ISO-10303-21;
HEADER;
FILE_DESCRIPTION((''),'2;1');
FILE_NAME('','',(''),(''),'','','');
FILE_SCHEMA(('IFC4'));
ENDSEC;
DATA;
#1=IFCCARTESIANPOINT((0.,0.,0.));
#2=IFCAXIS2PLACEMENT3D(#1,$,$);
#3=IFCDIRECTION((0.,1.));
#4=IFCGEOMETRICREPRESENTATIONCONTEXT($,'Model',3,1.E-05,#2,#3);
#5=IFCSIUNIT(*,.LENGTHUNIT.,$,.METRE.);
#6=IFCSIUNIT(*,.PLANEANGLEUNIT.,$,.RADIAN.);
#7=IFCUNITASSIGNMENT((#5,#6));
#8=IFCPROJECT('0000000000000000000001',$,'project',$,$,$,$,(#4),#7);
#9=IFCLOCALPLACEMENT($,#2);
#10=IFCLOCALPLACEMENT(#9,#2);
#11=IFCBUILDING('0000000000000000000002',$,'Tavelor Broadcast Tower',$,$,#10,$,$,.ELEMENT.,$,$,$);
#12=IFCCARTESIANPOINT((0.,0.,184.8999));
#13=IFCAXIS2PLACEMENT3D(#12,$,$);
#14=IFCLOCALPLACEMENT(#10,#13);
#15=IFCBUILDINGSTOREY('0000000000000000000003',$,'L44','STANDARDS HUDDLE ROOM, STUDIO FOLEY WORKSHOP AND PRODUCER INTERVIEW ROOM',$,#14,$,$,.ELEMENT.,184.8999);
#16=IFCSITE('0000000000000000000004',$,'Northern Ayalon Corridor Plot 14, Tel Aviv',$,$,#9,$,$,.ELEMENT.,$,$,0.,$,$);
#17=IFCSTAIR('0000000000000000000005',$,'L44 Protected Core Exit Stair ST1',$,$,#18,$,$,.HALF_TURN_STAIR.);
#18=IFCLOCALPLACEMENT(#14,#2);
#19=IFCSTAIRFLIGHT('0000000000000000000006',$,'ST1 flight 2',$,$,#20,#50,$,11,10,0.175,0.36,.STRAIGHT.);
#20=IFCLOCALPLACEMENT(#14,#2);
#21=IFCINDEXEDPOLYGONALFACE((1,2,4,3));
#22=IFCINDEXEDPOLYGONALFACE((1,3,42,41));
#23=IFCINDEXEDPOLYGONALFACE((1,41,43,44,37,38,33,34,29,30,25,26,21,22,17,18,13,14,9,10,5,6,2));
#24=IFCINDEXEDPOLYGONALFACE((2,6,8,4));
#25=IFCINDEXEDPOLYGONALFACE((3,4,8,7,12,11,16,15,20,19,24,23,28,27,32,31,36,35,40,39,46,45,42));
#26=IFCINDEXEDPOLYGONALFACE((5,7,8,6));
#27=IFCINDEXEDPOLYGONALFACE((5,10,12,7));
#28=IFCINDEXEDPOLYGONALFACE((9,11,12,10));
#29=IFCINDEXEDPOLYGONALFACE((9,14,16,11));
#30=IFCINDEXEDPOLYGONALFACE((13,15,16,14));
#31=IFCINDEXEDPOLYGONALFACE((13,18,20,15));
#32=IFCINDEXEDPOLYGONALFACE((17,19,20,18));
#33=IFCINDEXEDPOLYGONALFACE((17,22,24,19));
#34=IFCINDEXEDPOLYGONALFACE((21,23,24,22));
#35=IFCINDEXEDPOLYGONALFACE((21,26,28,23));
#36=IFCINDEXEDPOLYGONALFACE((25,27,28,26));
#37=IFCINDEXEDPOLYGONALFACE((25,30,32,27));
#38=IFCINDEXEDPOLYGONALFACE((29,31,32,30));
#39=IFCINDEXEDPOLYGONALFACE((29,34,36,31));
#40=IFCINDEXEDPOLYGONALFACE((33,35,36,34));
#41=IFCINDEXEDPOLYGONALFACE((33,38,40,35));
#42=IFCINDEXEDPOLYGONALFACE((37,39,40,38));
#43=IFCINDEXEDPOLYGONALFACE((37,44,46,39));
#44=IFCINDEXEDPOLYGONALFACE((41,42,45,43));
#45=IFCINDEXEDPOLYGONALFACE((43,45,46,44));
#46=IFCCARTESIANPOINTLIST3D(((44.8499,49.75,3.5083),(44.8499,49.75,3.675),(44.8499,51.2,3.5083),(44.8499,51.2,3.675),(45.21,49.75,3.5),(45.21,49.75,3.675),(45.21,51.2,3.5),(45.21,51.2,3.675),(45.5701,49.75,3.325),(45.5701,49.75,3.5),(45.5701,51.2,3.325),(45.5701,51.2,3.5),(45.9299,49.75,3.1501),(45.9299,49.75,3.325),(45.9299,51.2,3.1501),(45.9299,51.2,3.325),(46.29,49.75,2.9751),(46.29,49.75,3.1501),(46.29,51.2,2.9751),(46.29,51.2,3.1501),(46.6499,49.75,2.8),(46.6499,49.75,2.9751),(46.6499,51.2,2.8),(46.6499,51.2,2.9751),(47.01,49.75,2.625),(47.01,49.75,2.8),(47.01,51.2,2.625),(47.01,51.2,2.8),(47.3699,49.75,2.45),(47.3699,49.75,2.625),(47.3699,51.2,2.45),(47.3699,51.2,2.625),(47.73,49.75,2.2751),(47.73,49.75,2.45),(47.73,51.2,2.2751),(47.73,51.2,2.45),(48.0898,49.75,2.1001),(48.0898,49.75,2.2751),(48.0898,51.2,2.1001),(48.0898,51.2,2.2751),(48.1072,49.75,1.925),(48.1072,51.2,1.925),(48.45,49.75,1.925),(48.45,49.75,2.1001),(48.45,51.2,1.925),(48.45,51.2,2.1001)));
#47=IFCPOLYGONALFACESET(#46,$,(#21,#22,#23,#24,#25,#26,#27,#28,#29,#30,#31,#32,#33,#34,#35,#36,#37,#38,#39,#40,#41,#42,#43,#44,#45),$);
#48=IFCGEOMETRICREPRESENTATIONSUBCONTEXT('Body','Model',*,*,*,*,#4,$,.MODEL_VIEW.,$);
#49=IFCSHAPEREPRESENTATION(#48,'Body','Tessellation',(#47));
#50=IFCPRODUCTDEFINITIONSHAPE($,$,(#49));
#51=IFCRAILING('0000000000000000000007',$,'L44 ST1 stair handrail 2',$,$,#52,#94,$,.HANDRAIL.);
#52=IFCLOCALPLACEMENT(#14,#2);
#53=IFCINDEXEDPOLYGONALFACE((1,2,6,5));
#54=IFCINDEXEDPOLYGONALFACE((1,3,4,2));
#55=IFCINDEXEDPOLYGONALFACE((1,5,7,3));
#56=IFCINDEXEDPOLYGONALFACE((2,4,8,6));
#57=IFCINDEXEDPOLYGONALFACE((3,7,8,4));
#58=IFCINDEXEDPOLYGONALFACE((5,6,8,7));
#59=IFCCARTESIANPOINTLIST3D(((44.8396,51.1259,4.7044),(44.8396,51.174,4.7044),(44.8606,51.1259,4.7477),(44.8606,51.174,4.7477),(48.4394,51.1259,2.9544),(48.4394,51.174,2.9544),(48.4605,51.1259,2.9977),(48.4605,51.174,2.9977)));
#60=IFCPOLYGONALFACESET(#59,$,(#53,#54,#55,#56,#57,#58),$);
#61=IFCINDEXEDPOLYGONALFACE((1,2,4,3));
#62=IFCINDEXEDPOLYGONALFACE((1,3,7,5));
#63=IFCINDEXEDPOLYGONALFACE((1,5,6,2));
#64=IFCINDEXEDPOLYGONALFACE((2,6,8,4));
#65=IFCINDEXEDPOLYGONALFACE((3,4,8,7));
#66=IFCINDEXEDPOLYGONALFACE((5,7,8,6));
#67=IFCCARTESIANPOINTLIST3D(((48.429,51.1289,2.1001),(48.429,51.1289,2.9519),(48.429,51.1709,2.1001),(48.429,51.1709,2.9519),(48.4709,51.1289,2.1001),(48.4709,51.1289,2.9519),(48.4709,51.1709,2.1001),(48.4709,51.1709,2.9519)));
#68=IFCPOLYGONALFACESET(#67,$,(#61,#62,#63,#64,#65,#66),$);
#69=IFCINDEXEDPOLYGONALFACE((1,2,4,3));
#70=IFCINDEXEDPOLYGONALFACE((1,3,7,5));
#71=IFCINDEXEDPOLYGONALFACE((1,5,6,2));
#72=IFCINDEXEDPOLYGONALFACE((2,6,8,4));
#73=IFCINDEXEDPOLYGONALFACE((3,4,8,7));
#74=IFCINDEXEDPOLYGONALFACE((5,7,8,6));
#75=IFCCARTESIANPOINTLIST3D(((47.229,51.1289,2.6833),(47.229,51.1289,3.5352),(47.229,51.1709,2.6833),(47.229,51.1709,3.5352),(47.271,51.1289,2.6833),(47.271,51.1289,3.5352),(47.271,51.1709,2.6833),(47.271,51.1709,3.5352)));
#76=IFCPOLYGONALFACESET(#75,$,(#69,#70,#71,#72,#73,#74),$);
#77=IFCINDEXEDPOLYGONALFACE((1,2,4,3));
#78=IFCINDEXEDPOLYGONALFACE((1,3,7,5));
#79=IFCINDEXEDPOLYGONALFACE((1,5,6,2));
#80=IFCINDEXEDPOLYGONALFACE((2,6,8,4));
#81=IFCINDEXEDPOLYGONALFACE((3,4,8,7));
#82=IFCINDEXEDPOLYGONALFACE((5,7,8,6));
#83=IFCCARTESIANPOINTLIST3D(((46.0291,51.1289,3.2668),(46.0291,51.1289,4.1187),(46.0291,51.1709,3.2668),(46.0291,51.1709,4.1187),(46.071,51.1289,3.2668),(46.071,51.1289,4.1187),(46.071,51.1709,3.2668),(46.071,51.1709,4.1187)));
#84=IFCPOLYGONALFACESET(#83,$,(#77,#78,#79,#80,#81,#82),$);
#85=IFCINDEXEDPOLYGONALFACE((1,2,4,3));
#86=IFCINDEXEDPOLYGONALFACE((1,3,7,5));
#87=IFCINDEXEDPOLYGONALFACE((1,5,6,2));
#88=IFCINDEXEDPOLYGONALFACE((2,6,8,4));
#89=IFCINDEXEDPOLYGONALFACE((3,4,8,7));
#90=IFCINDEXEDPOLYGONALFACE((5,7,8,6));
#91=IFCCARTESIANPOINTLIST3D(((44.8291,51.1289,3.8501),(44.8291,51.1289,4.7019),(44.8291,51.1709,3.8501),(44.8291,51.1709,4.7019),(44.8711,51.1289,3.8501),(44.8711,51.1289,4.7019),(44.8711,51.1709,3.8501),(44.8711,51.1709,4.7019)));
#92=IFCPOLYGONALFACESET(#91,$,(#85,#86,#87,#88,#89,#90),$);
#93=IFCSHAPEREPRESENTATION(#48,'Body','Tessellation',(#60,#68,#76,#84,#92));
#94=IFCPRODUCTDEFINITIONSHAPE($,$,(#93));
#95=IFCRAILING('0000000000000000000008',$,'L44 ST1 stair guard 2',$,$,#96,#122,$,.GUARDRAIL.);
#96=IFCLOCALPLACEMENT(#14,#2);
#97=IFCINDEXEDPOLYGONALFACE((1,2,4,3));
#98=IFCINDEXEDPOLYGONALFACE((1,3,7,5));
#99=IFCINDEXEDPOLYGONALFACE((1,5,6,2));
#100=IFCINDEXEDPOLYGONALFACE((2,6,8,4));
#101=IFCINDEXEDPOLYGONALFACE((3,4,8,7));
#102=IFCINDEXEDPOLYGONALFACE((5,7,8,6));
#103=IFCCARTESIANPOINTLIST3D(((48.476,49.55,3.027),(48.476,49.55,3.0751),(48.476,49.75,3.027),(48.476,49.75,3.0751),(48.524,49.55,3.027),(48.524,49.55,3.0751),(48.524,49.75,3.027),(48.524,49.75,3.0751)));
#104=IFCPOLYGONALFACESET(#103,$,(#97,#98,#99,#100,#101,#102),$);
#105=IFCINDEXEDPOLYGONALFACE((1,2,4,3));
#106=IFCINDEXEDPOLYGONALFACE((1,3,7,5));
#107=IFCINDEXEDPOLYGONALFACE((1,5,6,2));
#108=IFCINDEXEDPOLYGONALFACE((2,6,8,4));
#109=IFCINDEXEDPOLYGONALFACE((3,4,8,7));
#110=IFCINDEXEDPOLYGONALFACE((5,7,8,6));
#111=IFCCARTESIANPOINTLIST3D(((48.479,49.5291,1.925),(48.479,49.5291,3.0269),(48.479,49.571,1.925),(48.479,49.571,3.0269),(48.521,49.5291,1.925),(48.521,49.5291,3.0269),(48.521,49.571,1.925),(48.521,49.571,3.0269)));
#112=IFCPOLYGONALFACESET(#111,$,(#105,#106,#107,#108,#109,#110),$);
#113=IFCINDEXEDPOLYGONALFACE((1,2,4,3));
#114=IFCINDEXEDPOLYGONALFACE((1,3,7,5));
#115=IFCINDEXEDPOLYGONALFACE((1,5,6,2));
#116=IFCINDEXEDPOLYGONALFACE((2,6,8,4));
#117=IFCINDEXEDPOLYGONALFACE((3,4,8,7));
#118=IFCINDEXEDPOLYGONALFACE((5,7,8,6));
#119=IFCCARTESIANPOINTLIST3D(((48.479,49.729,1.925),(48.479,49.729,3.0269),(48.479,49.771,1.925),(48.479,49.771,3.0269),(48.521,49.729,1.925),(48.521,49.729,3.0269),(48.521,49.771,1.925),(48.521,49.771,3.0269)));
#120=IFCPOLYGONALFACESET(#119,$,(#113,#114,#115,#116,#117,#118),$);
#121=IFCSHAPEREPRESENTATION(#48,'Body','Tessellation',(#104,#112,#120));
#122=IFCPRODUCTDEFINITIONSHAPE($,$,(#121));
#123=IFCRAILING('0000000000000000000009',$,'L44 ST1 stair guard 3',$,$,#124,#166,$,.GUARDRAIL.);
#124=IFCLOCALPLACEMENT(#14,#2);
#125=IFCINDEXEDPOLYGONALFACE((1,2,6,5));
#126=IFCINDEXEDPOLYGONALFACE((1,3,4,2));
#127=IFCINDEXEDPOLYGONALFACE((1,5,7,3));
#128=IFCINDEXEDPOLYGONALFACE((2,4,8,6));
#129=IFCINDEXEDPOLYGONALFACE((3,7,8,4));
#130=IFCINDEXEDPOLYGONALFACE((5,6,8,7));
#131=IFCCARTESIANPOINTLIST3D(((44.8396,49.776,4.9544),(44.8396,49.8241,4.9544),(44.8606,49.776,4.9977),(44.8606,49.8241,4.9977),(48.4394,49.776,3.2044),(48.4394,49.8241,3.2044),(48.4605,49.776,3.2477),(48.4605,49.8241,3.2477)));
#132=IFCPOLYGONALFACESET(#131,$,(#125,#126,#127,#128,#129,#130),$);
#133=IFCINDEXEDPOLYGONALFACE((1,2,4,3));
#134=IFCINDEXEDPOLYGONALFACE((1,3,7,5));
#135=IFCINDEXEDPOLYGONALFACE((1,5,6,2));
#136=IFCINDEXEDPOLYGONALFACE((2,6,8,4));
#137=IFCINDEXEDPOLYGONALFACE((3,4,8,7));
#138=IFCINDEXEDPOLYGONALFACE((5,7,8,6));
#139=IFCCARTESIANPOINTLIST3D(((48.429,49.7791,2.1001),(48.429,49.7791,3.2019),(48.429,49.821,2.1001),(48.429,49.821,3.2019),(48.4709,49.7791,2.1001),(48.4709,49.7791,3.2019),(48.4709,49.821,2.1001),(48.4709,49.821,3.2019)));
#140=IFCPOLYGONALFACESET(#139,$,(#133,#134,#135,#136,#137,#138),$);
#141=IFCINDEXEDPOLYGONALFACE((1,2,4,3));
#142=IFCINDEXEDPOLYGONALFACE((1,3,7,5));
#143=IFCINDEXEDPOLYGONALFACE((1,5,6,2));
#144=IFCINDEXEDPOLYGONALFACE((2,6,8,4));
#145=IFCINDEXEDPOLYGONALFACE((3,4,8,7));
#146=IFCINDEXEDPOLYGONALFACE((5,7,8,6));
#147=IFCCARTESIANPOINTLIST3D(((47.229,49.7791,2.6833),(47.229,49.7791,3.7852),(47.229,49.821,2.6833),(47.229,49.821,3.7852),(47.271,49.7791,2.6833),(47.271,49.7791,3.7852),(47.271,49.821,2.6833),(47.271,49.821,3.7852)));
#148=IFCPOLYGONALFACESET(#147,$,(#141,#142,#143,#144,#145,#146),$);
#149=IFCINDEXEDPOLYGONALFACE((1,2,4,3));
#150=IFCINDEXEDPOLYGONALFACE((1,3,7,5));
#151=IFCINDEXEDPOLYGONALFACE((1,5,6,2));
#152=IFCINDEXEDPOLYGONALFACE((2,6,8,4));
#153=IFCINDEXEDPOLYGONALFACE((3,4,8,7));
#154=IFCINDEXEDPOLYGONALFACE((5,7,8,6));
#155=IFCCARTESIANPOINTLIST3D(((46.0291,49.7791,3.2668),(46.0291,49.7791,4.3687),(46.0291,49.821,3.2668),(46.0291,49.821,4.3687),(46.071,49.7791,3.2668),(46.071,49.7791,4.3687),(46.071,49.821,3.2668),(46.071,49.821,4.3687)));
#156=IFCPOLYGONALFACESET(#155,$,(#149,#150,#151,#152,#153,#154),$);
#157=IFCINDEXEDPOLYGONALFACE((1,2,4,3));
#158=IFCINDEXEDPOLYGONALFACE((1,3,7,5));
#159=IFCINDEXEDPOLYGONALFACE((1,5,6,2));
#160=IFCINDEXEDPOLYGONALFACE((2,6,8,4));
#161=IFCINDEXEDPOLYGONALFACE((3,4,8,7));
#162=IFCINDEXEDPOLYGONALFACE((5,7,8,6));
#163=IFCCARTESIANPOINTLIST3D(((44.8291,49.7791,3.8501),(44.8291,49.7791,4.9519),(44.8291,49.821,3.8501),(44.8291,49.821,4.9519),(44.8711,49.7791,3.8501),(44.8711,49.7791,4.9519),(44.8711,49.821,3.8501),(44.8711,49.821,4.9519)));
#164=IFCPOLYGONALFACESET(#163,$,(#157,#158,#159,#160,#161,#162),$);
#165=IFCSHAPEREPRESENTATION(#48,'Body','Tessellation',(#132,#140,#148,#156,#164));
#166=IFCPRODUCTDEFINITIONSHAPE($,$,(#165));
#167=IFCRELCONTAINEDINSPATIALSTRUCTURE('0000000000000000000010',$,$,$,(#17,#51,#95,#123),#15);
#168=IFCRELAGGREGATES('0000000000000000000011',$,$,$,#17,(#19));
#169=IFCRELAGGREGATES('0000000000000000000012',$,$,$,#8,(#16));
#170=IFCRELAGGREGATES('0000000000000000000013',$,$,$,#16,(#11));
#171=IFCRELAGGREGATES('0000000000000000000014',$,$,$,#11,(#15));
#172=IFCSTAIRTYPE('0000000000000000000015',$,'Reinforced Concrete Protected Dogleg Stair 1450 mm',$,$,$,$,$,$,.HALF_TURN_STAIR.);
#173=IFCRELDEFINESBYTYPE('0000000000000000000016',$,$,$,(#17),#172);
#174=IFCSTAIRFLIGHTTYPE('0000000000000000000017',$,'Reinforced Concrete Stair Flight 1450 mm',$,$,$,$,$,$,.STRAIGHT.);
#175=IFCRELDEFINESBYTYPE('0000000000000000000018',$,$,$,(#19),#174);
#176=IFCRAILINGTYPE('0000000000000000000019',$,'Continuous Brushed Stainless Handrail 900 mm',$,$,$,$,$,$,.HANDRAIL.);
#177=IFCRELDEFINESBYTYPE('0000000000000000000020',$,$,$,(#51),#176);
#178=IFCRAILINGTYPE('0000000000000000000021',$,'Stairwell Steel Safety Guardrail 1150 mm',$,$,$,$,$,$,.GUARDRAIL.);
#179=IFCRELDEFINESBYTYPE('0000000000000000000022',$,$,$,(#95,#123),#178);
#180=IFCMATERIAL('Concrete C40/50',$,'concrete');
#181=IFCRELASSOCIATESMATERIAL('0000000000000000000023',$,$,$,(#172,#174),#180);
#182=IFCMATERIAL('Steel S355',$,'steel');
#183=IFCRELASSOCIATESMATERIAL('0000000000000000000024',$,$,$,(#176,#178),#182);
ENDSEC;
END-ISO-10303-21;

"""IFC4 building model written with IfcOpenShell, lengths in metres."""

from ifc_helpers import new_model, si_unit, direction, frame, origin, origin_2d, place, context, subcontext, project, spatial, polyline, rectangle, outline, extrude, material, type_object, element, aggregate, save


model = new_model("IFC4")

# Units and contexts
model_context = context("Model", 3, precision=1e-05, world=origin(), true_north=direction((0.0, 1.0)))
body_context = subcontext(model_context, "Body", "Model", "MODEL_VIEW")
ifc_project = project(units=[si_unit("LENGTHUNIT", "METRE"), si_unit("PLANEANGLEUNIT", "RADIAN")], contexts=[model_context])

# Site, building, storey
site_placement = place(None, origin())
site = spatial("IfcSite", under=ifc_project, at=site_placement, Name="Northern Ayalon Corridor Plot 14, Tel Aviv", CompositionType="ELEMENT", RefElevation=0.0)
building_placement = place(site_placement, origin())
building = spatial("IfcBuilding", under=site, at=building_placement, Name="Tavelor Broadcast Tower", CompositionType="ELEMENT")
storey_placement = place(building_placement, frame((0.0, 0.0, 184.8999)))
storey = spatial("IfcBuildingStorey", under=building, at=storey_placement, Name="L44", Description="STANDARDS HUDDLE ROOM, STUDIO FOLEY WORKSHOP AND PRODUCER INTERVIEW ROOM", CompositionType="ELEMENT", Elevation=184.8999)

# Shared definitions
ifc_material_1 = material(Name="Concrete C40/50", Category="concrete")
ifc_material_2 = material(Name="Steel S355", Category="steel")

# Stair, stair flight
stair_type = type_object("IfcStairType", Name="Reinforced Concrete Protected Dogleg Stair 1450 mm", PredefinedType="HALF_TURN_STAIR", material=ifc_material_1)
stair_placement = place(storey_placement, origin())
stair = element("IfcStair", 1, at=stair_placement, inside=storey, type_object=stair_type, Name="L44 Protected Core Exit Stair ST1", PredefinedType="HALF_TURN_STAIR")
stair_flight_type = type_object("IfcStairFlightType", Name="Reinforced Concrete Stair Flight 1450 mm", PredefinedType="STRAIGHT", material=ifc_material_1)
stair_flight_placement = place(storey_placement, frame((48.45, 50.4751, 1.925), z_axis=(0.0, 0.0, 1.0), x_axis=(-1.0, 0.0, 0.0)))
stair_flight = element("IfcStairFlight", 2, at=stair_flight_placement, type_object=stair_flight_type, Name="ST1 flight 2", NumberOfRisers=11, NumberOfTreads=10, PredefinedType="STRAIGHT", RiserHeight=0.175, TreadLength=0.36, context=body_context, shape_type="SweptSolid", body=[
    extrude(outline(polyline([(0.0, 0.0), (0.0, 0.175), (0.3601, 0.175), (0.3601, 0.3501), (0.72, 0.3501), (0.72, 0.5249), (1.0801, 0.5249), (1.0801, 0.7), (1.4399, 0.7), (1.4399, 0.875), (1.8, 0.875), (1.8, 1.05), (2.1599, 1.05), (2.1599, 1.2251), (2.52, 1.2251), (2.52, 1.3999), (2.8799, 1.3999), (2.8799, 1.575), (3.24, 1.575), (3.24, 1.75), (3.6001, 1.75), (3.6001, 1.925), (3.6001, 1.5833), (0.3428, 0.0), (0.0, 0.0)])), frame((0.0, 0.7251, 0.0), z_axis=(0.0, -1.0, 0.0), x_axis=(1.0, 0.0, 0.0)), (0.0, 0.0, 1.0), 1.45),
])
aggregate(stair, [stair_flight])

# Railings
railing_type_1 = type_object("IfcRailingType", Name="Continuous Brushed Stainless Handrail 900 mm", PredefinedType="HANDRAIL", material=ifc_material_2)
railing_1_placement = place(storey_placement, frame((48.45, 51.1499, 2.1001)))
element("IfcRailing", 3, at=railing_1_placement, inside=storey, type_object=railing_type_1, Name="L44 ST1 stair handrail 2", PredefinedType="HANDRAIL", context=body_context, shape_type="SweptSolid", body=[
    extrude(rectangle(XDim=0.0481, YDim=0.0481, at=origin_2d()), frame((0.0, 0.0, 0.876), z_axis=(-0.899361, 0.0, 0.437207), x_axis=(0.0, -1.0, 0.0)), (0.0, 0.0, 1.0), 4.0027),
    extrude(rectangle(XDim=0.042, YDim=0.042, at=origin_2d()), origin(), (0.0, 0.0, 1.0), 0.8518),
    extrude(rectangle(XDim=0.042, YDim=0.042, at=origin_2d()), frame((-1.2, 0.0, 0.5833)), (0.0, 0.0, 1.0), 0.8518),
    extrude(rectangle(XDim=0.042, YDim=0.042, at=origin_2d()), frame((-2.3999, 0.0, 1.1667)), (0.0, 0.0, 1.0), 0.8518),
    extrude(rectangle(XDim=0.042, YDim=0.042, at=origin_2d()), frame((-3.5999, 0.0, 1.75)), (0.0, 0.0, 1.0), 0.8518),
])
railing_type_2 = type_object("IfcRailingType", Name="Stairwell Steel Safety Guardrail 1150 mm", PredefinedType="GUARDRAIL", material=ifc_material_2)
railing_2_placement = place(storey_placement, frame((48.5, 49.55, 1.925)))
element("IfcRailing", 4, at=railing_2_placement, inside=storey, type_object=railing_type_2, Name="L44 ST1 stair guard 2", PredefinedType="GUARDRAIL", context=body_context, shape_type="SweptSolid", body=[
    extrude(rectangle(XDim=0.0481, YDim=0.0481, at=origin_2d()), frame((0.0, 0.0, 1.126), z_axis=(0.0, 1.0, 0.0), x_axis=(-1.0, 0.0, 0.0)), (0.0, 0.0, 1.0), 0.2),
    extrude(rectangle(XDim=0.042, YDim=0.042, at=origin_2d()), origin(), (0.0, 0.0, 1.0), 1.1018),
    extrude(rectangle(XDim=0.042, YDim=0.042, at=origin_2d()), frame((0.0, 0.2, 0.0)), (0.0, 0.0, 1.0), 1.1018),
])
railing_3_placement = place(storey_placement, frame((48.45, 49.8, 2.1001)))
element("IfcRailing", 5, at=railing_3_placement, inside=storey, type_object=railing_type_2, Name="L44 ST1 stair guard 3", PredefinedType="GUARDRAIL", context=body_context, shape_type="SweptSolid", body=[
    extrude(rectangle(XDim=0.0481, YDim=0.0481, at=origin_2d()), frame((0.0, 0.0, 1.126), z_axis=(-0.899361, 0.0, 0.437207), x_axis=(0.0, -1.0, 0.0)), (0.0, 0.0, 1.0), 4.0027),
    extrude(rectangle(XDim=0.042, YDim=0.042, at=origin_2d()), origin(), (0.0, 0.0, 1.0), 1.1018),
    extrude(rectangle(XDim=0.042, YDim=0.042, at=origin_2d()), frame((-1.2, 0.0, 0.5833)), (0.0, 0.0, 1.0), 1.1018),
    extrude(rectangle(XDim=0.042, YDim=0.042, at=origin_2d()), frame((-2.3999, 0.0, 1.1667)), (0.0, 0.0, 1.0), 1.1018),
    extrude(rectangle(XDim=0.042, YDim=0.042, at=origin_2d()), frame((-3.5999, 0.0, 1.75)), (0.0, 0.0, 1.0), 1.1018),
])

save(model, "model.ifc")
